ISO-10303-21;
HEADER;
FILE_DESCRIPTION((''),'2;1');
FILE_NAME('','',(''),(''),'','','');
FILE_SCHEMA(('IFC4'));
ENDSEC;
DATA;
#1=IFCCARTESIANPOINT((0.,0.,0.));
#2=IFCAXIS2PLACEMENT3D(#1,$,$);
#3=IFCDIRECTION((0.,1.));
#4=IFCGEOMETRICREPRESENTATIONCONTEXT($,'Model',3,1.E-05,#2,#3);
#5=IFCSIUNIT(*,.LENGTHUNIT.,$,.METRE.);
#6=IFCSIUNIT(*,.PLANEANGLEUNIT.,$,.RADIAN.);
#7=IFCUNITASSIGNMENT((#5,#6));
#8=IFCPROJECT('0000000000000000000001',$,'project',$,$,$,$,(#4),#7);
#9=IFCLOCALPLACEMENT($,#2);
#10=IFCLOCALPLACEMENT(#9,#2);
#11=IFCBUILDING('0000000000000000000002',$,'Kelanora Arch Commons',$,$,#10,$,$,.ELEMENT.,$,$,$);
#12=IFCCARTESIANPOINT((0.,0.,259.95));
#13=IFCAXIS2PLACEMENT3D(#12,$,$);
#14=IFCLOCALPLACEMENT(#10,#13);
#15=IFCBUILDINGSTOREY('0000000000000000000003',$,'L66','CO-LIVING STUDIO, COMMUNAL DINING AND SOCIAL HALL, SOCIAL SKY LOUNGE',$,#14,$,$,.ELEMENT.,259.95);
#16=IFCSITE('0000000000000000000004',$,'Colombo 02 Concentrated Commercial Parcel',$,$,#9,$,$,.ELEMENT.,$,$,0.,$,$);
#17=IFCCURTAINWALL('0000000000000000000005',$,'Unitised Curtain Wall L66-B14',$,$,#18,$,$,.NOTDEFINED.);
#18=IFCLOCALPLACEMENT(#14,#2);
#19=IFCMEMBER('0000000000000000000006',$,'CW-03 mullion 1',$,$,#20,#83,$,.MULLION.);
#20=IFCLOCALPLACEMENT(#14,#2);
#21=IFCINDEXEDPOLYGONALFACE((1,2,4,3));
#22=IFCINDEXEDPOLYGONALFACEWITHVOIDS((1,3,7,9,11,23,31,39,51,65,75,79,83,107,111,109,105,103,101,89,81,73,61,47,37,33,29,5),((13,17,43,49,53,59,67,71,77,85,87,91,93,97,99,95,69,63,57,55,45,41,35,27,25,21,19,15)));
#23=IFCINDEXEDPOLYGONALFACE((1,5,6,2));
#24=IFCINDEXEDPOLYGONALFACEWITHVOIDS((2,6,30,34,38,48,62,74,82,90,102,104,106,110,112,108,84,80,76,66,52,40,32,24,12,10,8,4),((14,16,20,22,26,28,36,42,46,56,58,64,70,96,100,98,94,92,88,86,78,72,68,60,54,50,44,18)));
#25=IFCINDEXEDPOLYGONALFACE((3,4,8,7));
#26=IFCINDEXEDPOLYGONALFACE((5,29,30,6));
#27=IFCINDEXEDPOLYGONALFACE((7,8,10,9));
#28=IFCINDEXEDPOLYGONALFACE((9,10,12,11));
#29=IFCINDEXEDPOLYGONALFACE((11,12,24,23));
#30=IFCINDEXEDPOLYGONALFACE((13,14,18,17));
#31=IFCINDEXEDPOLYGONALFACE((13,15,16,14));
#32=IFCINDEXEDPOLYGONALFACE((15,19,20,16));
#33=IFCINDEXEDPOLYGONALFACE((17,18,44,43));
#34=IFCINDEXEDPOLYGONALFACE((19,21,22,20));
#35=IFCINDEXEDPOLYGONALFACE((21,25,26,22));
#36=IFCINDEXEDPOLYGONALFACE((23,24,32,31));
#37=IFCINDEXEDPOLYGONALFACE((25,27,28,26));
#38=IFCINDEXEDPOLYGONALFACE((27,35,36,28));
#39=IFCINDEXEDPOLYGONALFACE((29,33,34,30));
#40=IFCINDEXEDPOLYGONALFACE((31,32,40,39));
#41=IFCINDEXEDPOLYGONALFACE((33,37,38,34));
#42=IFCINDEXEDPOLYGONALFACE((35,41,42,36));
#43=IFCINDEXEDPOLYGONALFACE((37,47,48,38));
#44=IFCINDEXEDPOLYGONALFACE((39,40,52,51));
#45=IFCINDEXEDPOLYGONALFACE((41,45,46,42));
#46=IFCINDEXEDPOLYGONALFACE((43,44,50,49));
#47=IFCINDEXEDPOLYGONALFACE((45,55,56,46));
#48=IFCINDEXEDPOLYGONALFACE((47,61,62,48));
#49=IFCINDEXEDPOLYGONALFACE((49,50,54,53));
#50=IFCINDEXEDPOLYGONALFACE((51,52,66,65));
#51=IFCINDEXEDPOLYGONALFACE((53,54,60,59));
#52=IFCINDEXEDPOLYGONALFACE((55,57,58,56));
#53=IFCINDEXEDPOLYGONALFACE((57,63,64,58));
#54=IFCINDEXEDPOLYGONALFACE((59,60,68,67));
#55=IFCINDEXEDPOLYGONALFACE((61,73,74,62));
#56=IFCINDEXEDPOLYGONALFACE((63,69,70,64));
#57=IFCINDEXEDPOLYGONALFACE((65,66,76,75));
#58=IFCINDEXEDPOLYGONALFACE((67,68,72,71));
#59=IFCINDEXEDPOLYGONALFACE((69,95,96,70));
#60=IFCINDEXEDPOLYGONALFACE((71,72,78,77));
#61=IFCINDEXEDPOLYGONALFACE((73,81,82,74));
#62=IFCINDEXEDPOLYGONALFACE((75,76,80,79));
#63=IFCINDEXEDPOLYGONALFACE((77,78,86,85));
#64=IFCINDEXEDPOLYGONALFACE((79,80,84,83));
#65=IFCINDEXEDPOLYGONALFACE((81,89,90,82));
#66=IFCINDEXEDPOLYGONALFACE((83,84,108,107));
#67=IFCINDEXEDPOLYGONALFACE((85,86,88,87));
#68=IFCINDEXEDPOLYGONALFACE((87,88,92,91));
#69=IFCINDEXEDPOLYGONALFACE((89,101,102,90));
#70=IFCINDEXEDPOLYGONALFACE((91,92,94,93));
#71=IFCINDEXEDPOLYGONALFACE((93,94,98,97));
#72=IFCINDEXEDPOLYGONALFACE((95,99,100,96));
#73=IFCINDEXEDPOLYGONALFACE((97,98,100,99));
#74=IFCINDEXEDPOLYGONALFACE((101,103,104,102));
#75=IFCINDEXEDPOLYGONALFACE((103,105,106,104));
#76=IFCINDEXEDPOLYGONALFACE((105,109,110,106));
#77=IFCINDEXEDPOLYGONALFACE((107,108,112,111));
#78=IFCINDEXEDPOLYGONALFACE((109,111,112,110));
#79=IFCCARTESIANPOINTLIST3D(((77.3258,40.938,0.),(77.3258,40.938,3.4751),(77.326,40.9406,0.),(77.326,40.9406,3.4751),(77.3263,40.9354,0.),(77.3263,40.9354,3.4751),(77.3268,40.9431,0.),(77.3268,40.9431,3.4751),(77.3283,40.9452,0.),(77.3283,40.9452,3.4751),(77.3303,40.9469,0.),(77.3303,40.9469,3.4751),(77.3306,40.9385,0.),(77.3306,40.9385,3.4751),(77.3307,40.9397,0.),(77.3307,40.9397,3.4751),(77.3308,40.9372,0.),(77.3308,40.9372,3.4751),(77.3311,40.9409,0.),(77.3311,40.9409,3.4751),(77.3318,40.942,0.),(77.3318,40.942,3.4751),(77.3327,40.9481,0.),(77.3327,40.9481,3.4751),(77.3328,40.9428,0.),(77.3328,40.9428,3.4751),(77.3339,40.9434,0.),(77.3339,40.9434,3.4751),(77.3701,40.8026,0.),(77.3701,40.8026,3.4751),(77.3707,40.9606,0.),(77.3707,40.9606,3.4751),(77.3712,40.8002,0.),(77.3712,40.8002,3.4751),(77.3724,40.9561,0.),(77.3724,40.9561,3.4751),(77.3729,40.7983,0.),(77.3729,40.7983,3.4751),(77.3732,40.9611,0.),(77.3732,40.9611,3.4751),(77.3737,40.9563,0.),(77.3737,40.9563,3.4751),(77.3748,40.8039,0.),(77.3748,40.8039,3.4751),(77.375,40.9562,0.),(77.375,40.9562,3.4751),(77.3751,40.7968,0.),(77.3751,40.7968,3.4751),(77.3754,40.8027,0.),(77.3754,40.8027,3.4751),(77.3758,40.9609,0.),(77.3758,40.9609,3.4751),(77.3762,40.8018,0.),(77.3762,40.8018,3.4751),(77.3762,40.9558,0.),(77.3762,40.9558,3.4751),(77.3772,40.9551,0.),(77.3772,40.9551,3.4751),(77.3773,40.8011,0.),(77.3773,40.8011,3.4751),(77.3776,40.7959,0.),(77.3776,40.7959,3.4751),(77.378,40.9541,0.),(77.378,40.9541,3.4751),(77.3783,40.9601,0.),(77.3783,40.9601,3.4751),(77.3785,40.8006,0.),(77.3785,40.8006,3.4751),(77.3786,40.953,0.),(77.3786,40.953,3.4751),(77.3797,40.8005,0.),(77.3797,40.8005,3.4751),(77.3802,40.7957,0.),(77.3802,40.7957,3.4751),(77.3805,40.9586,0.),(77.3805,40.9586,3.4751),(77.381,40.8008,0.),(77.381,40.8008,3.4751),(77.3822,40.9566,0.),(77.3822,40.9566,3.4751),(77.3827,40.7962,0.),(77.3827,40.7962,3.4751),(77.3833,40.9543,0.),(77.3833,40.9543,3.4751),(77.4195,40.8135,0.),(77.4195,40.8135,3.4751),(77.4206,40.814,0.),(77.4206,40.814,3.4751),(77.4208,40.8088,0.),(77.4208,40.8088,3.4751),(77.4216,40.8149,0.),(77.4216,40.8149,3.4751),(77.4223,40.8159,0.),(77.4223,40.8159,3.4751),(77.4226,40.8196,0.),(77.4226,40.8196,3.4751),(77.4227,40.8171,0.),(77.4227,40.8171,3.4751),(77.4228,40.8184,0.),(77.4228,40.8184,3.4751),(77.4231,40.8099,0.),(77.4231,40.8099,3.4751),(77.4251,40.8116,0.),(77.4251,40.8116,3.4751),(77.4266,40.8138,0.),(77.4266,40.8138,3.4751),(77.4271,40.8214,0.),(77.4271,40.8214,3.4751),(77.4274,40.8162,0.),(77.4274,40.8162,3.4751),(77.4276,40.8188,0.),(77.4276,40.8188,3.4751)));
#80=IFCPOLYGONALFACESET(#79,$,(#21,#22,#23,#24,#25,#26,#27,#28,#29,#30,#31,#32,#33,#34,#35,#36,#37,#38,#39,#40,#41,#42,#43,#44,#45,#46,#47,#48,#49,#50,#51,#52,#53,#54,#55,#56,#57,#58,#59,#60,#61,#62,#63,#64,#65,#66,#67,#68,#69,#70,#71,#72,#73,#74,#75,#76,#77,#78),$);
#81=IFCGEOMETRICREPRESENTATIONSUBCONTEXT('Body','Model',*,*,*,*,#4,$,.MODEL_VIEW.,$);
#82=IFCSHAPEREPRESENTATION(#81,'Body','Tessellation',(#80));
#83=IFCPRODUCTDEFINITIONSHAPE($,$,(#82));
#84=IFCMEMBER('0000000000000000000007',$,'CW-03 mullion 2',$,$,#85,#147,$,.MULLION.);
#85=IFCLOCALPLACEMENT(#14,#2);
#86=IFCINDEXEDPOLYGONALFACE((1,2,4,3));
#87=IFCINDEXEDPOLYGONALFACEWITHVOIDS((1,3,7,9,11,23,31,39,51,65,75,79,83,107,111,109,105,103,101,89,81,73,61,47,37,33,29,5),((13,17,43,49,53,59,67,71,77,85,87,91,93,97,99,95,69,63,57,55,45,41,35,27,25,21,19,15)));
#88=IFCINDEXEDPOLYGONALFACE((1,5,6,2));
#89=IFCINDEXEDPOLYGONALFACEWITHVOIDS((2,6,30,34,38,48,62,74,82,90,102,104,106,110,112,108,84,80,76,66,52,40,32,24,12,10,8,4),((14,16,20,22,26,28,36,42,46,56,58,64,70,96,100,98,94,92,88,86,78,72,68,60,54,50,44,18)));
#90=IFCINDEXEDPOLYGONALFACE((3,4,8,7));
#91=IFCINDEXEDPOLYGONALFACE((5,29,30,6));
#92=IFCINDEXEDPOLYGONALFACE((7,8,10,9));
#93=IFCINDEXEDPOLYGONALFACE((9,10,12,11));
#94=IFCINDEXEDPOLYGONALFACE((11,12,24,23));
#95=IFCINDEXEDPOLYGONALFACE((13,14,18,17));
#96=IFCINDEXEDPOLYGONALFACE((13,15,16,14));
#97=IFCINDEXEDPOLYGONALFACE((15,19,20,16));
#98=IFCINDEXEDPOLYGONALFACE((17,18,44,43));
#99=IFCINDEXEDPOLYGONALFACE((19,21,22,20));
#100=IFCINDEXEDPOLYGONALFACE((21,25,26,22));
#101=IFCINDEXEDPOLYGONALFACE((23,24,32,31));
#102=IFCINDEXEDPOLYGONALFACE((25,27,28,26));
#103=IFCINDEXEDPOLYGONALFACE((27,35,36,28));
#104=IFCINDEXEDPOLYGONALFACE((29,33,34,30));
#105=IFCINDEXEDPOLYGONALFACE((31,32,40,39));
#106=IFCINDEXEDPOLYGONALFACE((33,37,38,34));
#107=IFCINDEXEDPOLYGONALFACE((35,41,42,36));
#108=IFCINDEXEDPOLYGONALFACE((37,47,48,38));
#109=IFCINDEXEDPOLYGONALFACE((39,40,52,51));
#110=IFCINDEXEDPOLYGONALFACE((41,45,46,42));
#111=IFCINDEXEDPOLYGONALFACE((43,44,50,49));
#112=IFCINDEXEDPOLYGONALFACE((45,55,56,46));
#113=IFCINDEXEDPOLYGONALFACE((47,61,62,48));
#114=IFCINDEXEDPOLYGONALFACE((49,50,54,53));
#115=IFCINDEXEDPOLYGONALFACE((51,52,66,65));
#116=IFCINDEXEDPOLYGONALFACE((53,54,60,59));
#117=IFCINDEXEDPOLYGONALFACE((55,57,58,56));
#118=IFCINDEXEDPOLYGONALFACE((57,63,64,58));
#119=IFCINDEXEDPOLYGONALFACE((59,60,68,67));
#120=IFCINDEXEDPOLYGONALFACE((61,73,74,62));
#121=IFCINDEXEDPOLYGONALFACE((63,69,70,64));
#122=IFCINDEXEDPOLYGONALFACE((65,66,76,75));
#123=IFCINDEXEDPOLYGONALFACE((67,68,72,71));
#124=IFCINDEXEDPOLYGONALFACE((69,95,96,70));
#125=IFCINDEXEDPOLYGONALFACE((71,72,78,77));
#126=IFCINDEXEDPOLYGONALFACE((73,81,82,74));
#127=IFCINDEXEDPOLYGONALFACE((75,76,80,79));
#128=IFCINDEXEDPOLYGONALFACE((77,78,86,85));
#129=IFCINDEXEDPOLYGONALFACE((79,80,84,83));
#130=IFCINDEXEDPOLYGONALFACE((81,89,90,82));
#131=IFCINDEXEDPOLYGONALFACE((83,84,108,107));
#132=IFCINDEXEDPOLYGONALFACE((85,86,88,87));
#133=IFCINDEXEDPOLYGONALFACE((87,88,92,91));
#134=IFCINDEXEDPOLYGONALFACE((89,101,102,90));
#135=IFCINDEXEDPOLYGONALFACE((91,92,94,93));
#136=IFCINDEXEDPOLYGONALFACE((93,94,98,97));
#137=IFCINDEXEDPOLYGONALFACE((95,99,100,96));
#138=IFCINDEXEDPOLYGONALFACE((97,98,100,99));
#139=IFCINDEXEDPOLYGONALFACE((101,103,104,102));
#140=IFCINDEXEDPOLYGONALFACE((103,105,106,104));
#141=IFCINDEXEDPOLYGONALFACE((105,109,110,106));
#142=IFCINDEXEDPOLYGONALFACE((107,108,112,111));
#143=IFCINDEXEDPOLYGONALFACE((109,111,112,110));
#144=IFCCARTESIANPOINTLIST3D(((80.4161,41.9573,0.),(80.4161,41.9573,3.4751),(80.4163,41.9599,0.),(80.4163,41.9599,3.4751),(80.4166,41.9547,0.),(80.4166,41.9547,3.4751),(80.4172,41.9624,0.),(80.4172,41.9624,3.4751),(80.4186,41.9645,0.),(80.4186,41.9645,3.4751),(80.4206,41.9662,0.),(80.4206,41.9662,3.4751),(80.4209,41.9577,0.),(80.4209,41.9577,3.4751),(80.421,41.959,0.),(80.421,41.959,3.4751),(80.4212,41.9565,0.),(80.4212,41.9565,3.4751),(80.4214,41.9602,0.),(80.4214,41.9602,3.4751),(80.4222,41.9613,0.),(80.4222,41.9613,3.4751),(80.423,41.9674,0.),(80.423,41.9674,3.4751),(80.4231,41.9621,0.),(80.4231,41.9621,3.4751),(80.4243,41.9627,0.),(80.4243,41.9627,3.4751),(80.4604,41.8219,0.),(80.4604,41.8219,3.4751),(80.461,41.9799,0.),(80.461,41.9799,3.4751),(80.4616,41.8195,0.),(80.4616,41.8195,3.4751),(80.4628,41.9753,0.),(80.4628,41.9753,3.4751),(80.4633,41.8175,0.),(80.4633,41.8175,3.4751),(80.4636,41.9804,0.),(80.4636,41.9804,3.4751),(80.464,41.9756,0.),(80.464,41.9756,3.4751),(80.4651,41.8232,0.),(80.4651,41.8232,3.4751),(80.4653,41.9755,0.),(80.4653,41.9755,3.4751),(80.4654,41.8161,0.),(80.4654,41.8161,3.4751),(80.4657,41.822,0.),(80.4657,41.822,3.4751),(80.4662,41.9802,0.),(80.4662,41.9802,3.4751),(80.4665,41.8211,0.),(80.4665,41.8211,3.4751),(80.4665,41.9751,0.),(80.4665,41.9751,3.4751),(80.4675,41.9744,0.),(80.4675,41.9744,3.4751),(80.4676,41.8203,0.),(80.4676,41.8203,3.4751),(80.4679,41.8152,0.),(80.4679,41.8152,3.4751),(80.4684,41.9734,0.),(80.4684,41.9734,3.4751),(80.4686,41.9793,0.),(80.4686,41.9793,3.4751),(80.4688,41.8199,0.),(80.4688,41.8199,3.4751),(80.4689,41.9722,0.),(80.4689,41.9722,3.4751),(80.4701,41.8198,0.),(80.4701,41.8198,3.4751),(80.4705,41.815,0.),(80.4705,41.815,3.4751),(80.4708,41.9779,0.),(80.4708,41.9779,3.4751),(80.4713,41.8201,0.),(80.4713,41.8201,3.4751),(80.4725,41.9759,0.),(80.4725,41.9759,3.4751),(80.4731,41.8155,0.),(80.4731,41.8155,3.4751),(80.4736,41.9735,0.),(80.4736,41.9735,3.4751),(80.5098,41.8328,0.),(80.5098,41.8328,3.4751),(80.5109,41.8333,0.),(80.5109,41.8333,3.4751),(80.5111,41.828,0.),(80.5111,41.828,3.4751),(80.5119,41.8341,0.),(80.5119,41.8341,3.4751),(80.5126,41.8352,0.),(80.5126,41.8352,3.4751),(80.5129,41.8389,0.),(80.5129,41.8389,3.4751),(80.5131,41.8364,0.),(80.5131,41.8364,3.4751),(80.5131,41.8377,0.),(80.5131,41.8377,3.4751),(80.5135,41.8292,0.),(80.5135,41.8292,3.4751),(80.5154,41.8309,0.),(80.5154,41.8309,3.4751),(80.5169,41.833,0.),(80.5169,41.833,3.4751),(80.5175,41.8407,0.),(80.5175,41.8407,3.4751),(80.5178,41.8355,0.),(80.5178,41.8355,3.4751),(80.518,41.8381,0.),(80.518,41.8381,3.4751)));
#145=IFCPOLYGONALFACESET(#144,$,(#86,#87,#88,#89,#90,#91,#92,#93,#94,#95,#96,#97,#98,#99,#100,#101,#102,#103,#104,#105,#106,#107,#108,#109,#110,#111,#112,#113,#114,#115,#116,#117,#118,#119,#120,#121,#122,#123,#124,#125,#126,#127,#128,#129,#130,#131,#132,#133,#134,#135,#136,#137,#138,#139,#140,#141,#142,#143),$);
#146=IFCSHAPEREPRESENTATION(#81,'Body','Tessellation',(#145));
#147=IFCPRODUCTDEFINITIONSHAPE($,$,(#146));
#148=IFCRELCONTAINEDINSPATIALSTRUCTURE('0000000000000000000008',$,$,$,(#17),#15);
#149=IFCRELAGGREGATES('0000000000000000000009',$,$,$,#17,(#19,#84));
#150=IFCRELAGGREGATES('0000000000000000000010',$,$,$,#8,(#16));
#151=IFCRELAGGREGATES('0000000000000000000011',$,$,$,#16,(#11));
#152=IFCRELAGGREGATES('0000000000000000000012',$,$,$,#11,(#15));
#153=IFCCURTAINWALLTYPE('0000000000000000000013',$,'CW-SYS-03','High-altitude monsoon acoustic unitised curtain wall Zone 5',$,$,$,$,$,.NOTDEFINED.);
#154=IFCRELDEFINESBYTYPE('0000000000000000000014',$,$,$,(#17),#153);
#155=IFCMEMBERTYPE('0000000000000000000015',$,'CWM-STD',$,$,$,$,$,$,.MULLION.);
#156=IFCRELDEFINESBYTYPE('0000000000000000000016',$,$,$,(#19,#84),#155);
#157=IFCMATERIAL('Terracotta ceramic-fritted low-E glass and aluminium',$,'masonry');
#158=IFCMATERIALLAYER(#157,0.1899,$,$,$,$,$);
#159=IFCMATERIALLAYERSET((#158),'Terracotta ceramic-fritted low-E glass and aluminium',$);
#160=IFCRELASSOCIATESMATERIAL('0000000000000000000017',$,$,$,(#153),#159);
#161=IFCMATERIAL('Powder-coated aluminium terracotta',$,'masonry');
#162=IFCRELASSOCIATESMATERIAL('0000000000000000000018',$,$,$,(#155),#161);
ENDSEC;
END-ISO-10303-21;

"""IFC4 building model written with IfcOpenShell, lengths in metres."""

from ifc_helpers import new_model, si_unit, direction, frame, origin, origin_2d, place, context, subcontext, project, spatial, hollow_rectangle, extrude, material, layer, layer_set, material_profile, profile_set, type_object, element, aggregate, save


model = new_model("IFC4")

# Units and contexts
model_context = context("Model", 3, precision=1e-05, world=origin(), true_north=direction((0.0, 1.0)))
body_context = subcontext(model_context, "Body", "Model", "MODEL_VIEW")
ifc_project = project(units=[si_unit("LENGTHUNIT", "METRE"), si_unit("PLANEANGLEUNIT", "RADIAN")], contexts=[model_context])

# Site, building, storey
site_placement = place(None, origin())
site = spatial("IfcSite", under=ifc_project, at=site_placement, Name="Colombo 02 Concentrated Commercial Parcel", CompositionType="ELEMENT", RefElevation=0.0)
building_placement = place(site_placement, origin())
building = spatial("IfcBuilding", under=site, at=building_placement, Name="Kelanora Arch Commons", CompositionType="ELEMENT")
storey_placement = place(building_placement, frame((0.0, 0.0, 259.95)))
storey = spatial("IfcBuildingStorey", under=building, at=storey_placement, Name="L66", Description="CO-LIVING STUDIO, COMMUNAL DINING AND SOCIAL HALL, SOCIAL SKY LOUNGE", CompositionType="ELEMENT", Elevation=259.95)

# Curtain wall, members
ifc_material_1 = material(Name="Terracotta ceramic-fritted low-E glass and aluminium", Category="masonry")
ifc_layer_1 = layer(ifc_material_1, 0.1899)
ifc_layer_set_1 = layer_set([ifc_layer_1], Name="Terracotta ceramic-fritted low-E glass and aluminium")
curtain_wall_type = type_object("IfcCurtainWallType", Name="CW-SYS-03", Description="High-altitude monsoon acoustic unitised curtain wall Zone 5", PredefinedType="NOTDEFINED", material=ifc_layer_set_1)
curtain_wall_placement = place(storey_placement, origin())
curtain_wall = element("IfcCurtainWall", 1, at=curtain_wall_placement, inside=storey, type_object=curtain_wall_type, Name="Unitised Curtain Wall L66-B14", PredefinedType="NOTDEFINED")
ifc_material_2 = material(Name="Powder-coated aluminium terracotta", Category="masonry")
ifc_material_profile_1 = material_profile(ifc_material_2, hollow_rectangle(XDim=0.1599, YDim=0.0601, WallThickness=0.0049, InnerFilletRadius=0.0049, OuterFilletRadius=0.01, at=origin_2d()), Name="CWM160x60")
ifc_profile_set_1 = profile_set([ifc_material_profile_1], Name="Powder-coated aluminium terracotta")
member_type_1 = type_object("IfcMemberType", Name="CWM-STD", PredefinedType="MULLION", material=ifc_profile_set_1)
member_1_placement = place(storey_placement, frame((77.3767, 40.8784, 0.0), z_axis=(0.0, 0.0, 1.0), x_axis=(-0.313253, 0.94967, 0.0)))
member_1 = element("IfcMember", 2, at=member_1_placement, type_object=member_type_1, Name="CW-03 mullion 1", PredefinedType="MULLION", context=body_context, shape_type="SweptSolid", body=[
    extrude(hollow_rectangle(XDim=0.1599, YDim=0.0601, WallThickness=0.0049, InnerFilletRadius=0.0049, OuterFilletRadius=0.01, at=origin_2d()), origin(), (0.0, 0.0, 1.0), 3.4751),
])
member_2_placement = place(storey_placement, frame((80.467, 41.8977, 0.0), z_axis=(0.0, 0.0, 1.0), x_axis=(-0.313253, 0.94967, 0.0)))
member_2 = element("IfcMember", 3, at=member_2_placement, type_object=member_type_1, Name="CW-03 mullion 2", PredefinedType="MULLION", context=body_context, shape_type="SweptSolid", body=[
    extrude(hollow_rectangle(XDim=0.1599, YDim=0.0601, WallThickness=0.0049, InnerFilletRadius=0.0049, OuterFilletRadius=0.01, at=origin_2d()), origin(), (0.0, 0.0, 1.0), 3.4751),
])
aggregate(curtain_wall, [member_1, member_2])

save(model, "model.ifc")
